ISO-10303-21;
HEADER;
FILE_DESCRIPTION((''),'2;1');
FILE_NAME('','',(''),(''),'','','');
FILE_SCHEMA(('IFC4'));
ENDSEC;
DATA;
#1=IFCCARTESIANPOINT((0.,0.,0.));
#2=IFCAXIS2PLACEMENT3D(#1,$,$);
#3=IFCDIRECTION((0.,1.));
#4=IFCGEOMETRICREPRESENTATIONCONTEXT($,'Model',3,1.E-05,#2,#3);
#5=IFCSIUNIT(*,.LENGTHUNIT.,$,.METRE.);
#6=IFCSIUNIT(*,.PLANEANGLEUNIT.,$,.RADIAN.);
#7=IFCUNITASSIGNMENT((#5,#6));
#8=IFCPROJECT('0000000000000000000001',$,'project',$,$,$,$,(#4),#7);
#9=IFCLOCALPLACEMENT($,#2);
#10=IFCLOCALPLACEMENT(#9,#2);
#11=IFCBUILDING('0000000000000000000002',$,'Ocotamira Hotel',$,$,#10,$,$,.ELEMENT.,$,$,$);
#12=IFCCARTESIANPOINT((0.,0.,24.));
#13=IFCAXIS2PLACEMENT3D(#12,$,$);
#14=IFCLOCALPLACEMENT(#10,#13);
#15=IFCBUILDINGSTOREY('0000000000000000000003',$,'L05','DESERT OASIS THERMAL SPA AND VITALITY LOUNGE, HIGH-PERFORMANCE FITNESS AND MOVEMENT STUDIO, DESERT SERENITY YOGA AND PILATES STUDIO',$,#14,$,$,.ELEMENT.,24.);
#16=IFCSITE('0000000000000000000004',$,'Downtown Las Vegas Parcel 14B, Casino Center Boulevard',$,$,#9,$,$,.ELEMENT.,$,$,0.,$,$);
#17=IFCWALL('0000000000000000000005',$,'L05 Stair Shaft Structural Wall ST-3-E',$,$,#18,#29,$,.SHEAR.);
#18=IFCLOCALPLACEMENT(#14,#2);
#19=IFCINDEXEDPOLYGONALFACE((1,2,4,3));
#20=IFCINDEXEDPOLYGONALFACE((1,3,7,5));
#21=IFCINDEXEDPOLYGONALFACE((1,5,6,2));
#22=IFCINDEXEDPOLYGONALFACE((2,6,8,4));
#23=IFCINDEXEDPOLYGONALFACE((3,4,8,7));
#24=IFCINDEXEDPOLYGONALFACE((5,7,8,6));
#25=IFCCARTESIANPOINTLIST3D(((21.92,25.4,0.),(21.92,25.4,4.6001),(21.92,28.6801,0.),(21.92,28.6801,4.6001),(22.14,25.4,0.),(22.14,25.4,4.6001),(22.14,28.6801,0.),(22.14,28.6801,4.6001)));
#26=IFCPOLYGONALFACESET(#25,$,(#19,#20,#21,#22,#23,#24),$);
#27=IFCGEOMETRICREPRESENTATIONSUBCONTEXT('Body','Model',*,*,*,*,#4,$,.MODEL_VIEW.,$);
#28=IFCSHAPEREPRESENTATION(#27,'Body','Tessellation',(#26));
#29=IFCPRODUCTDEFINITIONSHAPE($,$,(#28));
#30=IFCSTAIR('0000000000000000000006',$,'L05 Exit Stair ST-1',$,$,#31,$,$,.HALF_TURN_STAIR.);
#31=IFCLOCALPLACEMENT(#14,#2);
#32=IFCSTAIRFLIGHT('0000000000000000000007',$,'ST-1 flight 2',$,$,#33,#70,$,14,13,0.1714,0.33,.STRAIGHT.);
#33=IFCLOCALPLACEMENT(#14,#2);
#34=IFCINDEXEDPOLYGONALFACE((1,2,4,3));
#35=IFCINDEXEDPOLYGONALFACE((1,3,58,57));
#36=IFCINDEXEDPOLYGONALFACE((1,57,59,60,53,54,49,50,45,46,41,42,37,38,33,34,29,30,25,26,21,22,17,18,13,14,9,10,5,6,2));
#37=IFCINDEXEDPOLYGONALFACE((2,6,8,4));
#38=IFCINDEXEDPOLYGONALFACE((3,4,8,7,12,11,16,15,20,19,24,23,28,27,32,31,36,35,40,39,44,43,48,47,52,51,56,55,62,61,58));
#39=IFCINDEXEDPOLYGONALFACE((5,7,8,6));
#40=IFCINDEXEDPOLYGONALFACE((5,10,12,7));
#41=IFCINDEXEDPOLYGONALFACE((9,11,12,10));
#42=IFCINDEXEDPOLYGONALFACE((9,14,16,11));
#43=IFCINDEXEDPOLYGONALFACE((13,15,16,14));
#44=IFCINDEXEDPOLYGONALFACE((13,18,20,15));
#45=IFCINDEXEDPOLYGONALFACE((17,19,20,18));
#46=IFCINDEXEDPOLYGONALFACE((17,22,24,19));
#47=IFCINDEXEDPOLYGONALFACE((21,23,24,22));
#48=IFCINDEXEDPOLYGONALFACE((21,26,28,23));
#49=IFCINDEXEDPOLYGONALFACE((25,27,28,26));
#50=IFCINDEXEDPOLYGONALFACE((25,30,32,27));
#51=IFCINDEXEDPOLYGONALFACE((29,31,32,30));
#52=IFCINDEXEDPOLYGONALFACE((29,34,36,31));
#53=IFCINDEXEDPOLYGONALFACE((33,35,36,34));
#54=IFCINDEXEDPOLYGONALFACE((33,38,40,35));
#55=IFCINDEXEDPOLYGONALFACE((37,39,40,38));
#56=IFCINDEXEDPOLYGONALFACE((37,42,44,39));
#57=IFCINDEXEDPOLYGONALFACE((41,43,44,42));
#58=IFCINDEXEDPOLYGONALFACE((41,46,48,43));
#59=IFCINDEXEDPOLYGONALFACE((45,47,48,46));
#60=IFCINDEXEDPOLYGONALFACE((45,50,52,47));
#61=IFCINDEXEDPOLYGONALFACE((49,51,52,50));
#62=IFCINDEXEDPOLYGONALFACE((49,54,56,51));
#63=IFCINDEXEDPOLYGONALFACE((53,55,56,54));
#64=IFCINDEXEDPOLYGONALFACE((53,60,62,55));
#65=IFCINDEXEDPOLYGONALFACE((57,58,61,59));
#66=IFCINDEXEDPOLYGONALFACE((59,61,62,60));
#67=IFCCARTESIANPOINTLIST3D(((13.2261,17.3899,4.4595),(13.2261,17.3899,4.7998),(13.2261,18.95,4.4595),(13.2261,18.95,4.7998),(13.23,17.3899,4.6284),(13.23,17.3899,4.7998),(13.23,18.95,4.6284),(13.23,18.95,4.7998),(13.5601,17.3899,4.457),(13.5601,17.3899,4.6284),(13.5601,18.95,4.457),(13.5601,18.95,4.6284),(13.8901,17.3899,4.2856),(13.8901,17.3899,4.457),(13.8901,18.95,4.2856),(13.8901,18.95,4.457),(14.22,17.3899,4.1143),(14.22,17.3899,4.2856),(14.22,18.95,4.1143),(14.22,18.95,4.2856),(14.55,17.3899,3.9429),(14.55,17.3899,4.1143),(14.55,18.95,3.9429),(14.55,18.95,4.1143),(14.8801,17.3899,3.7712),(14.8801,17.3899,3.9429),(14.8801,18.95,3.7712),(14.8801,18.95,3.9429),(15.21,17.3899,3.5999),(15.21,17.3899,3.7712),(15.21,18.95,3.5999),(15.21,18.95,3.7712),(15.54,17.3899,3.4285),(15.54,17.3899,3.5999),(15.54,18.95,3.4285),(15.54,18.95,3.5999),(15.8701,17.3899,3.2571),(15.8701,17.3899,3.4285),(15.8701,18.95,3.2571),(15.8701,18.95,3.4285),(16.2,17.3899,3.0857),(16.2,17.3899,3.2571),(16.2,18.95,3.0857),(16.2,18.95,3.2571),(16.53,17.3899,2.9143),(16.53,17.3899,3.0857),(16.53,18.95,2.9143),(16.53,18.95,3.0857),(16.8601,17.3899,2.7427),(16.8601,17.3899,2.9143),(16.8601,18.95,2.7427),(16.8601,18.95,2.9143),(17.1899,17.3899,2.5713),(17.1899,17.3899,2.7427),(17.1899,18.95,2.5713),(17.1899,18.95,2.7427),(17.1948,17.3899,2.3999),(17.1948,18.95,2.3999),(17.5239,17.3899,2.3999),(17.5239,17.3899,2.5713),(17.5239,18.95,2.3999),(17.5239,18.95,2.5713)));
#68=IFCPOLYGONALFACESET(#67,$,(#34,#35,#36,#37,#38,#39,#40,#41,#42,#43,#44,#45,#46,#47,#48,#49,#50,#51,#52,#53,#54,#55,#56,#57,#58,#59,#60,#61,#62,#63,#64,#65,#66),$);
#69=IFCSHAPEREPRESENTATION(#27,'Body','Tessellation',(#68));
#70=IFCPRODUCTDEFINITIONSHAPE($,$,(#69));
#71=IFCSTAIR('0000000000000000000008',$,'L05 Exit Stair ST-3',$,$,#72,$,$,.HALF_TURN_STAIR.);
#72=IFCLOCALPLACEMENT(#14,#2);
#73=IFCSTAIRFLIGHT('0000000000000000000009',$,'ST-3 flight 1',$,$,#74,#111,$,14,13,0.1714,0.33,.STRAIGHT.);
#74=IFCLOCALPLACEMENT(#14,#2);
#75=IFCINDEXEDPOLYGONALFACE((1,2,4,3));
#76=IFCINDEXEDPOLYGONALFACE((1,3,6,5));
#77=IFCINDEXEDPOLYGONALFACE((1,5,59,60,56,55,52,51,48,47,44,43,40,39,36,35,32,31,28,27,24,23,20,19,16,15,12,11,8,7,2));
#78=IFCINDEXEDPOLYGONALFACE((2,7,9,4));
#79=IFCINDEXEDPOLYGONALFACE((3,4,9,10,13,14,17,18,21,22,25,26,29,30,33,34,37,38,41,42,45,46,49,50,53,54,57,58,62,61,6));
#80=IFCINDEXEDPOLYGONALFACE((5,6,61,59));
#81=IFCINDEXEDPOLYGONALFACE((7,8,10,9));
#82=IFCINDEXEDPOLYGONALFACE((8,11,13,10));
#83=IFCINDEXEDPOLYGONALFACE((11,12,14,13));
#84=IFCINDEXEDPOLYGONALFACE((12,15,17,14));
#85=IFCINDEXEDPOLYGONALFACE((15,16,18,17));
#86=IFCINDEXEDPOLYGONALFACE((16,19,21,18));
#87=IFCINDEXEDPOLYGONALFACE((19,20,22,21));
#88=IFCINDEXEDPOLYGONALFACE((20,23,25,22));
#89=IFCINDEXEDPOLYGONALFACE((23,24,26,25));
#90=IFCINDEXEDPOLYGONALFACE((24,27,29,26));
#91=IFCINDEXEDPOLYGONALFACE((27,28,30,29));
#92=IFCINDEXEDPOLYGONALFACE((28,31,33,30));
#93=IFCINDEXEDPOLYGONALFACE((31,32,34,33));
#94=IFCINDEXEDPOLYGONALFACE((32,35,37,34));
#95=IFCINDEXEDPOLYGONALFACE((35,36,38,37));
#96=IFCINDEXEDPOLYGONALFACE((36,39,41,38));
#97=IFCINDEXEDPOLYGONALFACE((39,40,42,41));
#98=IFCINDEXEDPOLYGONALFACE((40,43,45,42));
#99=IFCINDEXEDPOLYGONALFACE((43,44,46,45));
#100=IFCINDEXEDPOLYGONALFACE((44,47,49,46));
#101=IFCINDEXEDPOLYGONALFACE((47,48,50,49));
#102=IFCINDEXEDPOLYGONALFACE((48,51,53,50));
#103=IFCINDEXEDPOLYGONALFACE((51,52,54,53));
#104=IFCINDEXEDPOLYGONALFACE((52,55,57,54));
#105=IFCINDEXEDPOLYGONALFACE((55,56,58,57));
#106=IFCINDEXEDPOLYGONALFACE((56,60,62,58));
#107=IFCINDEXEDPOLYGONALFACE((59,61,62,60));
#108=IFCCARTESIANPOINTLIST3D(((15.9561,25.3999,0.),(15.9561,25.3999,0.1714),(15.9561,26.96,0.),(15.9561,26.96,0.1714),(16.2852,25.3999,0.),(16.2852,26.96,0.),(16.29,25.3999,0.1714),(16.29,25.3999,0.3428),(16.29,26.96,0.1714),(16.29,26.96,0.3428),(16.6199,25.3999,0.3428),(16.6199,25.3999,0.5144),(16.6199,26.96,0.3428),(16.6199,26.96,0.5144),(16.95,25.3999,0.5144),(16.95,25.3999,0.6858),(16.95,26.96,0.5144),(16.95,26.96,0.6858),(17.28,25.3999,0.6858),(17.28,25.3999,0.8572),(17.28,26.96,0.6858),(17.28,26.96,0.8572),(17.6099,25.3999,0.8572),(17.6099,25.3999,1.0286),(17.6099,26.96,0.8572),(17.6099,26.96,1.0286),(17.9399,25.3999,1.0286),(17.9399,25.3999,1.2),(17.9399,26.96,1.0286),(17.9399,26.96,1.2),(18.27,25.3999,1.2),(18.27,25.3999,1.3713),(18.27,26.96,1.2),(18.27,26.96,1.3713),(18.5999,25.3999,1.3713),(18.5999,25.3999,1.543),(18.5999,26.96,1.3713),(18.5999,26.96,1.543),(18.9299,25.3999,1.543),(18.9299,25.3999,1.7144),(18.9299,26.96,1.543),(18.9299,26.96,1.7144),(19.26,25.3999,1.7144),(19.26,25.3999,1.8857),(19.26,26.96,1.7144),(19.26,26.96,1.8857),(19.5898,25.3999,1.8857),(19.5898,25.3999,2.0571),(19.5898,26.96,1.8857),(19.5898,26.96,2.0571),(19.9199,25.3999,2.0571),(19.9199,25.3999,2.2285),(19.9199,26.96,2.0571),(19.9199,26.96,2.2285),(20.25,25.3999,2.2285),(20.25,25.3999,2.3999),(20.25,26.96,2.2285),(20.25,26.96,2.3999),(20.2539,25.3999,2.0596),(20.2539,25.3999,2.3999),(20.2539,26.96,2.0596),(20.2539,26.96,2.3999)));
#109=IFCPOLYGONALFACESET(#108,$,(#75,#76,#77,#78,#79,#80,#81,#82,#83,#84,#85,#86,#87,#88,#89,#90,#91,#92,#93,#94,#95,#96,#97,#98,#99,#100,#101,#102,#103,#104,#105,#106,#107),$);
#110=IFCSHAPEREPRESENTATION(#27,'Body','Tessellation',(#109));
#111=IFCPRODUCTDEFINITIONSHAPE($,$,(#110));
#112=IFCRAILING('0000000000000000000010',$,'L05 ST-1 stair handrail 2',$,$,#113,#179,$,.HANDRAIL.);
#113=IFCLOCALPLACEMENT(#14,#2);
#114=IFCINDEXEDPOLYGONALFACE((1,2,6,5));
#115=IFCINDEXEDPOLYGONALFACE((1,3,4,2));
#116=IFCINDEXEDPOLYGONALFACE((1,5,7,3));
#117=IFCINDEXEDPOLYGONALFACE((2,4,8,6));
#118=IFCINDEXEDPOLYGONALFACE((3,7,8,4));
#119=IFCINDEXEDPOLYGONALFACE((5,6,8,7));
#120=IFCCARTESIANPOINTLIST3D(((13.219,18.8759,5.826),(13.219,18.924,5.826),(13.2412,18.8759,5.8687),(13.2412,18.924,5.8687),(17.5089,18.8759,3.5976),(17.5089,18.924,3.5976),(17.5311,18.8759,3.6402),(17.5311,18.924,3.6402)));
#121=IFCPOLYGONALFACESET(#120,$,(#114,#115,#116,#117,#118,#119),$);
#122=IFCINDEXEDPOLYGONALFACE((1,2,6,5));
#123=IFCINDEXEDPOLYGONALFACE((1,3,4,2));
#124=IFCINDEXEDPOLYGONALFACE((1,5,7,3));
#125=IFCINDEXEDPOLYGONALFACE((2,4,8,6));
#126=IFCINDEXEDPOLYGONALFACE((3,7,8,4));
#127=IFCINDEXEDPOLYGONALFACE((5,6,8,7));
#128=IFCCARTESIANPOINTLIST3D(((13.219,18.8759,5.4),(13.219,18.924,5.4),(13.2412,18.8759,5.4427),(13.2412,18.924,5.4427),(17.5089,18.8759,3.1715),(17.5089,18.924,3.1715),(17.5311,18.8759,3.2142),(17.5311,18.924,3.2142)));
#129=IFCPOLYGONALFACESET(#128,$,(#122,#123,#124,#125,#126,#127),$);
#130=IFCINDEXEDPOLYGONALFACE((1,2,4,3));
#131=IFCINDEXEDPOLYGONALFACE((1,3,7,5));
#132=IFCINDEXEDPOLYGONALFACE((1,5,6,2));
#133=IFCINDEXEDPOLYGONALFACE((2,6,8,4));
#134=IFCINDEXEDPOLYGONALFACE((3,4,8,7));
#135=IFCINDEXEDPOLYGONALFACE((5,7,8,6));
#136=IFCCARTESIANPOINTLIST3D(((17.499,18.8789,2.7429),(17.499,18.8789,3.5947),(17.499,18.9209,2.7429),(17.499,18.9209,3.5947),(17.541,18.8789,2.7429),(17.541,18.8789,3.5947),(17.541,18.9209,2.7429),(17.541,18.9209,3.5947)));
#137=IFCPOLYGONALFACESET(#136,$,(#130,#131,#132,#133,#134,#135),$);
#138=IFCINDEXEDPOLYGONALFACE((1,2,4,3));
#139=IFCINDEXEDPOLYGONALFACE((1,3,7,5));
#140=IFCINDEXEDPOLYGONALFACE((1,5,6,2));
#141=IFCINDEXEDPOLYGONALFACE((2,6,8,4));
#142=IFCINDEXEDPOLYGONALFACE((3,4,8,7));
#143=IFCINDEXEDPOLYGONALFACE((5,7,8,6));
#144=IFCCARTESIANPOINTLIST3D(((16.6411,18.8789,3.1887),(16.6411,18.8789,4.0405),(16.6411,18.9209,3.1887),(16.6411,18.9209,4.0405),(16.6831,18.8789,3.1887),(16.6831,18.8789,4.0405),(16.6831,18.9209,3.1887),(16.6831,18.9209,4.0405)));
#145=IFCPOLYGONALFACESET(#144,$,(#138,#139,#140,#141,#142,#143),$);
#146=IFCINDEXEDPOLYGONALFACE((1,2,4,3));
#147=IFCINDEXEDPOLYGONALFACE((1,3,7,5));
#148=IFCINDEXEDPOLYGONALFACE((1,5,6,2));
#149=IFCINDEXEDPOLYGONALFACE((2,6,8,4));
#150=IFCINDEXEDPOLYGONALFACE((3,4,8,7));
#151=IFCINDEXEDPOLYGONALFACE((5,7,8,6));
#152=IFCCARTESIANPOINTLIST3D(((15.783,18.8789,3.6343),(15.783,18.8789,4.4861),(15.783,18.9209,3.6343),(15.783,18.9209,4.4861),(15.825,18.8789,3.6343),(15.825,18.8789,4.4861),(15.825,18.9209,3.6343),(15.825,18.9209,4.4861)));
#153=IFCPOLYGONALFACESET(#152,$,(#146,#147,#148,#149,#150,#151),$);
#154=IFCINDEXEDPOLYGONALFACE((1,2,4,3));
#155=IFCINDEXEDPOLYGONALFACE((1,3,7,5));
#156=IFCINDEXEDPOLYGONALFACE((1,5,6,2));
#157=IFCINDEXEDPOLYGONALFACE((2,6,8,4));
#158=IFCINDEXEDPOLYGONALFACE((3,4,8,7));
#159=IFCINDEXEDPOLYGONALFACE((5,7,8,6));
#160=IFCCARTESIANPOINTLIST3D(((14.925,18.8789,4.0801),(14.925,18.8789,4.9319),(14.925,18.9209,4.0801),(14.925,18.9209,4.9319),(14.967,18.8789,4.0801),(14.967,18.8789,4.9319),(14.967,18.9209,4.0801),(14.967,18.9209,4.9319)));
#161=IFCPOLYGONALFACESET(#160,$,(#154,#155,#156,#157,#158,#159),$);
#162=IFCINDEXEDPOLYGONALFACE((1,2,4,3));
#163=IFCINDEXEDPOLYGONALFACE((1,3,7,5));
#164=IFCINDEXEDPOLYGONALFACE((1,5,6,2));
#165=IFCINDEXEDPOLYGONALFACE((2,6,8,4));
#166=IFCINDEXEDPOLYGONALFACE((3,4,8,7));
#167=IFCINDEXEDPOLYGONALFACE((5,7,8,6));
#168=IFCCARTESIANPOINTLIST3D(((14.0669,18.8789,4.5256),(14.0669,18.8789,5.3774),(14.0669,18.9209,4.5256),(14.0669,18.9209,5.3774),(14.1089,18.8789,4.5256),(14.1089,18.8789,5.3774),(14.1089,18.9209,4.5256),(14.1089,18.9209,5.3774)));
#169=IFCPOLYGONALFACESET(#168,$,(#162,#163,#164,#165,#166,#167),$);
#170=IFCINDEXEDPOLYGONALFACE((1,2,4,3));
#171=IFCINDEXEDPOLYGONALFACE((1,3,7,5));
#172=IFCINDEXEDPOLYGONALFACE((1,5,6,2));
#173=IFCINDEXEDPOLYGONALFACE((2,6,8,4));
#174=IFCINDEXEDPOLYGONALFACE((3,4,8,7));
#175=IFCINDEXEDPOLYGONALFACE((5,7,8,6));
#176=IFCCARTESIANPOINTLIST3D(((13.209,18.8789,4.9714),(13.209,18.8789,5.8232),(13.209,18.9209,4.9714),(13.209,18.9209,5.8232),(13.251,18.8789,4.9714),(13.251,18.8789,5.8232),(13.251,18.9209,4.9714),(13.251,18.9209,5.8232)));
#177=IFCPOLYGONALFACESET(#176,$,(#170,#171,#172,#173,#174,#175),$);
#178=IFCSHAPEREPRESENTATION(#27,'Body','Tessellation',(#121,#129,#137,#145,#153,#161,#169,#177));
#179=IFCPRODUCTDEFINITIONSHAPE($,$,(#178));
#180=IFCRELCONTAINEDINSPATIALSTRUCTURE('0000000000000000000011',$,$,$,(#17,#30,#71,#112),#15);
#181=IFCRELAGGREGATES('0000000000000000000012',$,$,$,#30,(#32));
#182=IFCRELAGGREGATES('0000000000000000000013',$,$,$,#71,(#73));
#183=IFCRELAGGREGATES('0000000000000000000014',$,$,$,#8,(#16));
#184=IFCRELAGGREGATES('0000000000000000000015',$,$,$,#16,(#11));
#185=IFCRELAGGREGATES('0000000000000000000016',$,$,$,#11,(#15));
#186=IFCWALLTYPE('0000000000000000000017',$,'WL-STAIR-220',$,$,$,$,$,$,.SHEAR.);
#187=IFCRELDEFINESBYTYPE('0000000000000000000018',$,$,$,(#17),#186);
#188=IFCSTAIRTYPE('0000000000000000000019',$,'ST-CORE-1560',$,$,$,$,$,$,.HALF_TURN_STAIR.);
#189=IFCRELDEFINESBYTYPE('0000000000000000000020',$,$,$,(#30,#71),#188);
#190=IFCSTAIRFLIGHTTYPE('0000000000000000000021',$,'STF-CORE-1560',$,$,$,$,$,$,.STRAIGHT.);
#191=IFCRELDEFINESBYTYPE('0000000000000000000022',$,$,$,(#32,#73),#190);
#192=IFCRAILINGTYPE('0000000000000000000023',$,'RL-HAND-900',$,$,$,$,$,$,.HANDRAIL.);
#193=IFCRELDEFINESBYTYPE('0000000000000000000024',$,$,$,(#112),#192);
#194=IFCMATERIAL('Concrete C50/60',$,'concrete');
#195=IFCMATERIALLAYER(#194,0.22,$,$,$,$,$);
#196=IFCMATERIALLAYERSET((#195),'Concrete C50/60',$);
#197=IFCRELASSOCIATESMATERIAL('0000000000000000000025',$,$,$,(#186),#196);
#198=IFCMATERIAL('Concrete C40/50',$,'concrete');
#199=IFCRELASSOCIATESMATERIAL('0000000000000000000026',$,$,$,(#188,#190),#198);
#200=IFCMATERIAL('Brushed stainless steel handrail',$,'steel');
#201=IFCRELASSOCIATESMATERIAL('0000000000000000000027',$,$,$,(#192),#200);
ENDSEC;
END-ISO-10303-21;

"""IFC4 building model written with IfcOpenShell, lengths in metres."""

from ifc_helpers import new_model, si_unit, direction, frame, frame_2d, origin, origin_2d, place, context, subcontext, project, spatial, polyline, rectangle, outline, extrude, source, transform, mapped, material, layer, layer_set, type_object, element, aggregate, save


model = new_model("IFC4")

# Units and contexts
model_context = context("Model", 3, precision=1e-05, world=origin(), true_north=direction((0.0, 1.0)))
body_context = subcontext(model_context, "Body", "Model", "MODEL_VIEW")
ifc_project = project(units=[si_unit("LENGTHUNIT", "METRE"), si_unit("PLANEANGLEUNIT", "RADIAN")], contexts=[model_context])

# Site, building, storey
site_placement = place(None, origin())
site = spatial("IfcSite", under=ifc_project, at=site_placement, Name="Downtown Las Vegas Parcel 14B, Casino Center Boulevard", CompositionType="ELEMENT", RefElevation=0.0)
building_placement = place(site_placement, origin())
building = spatial("IfcBuilding", under=site, at=building_placement, Name="Ocotamira Hotel", CompositionType="ELEMENT")
storey_placement = place(building_placement, frame((0.0, 0.0, 24.0)))
storey = spatial("IfcBuildingStorey", under=building, at=storey_placement, Name="L05", Description="DESERT OASIS THERMAL SPA AND VITALITY LOUNGE, HIGH-PERFORMANCE FITNESS AND MOVEMENT STUDIO, DESERT SERENITY YOGA AND PILATES STUDIO", CompositionType="ELEMENT", Elevation=24.0)

# Wall
ifc_material_1 = material(Name="Concrete C50/60", Category="concrete")
ifc_layer_1 = layer(ifc_material_1, 0.22)
ifc_layer_set_1 = layer_set([ifc_layer_1], Name="Concrete C50/60")
wall_type_1 = type_object("IfcWallType", Name="WL-STAIR-220", PredefinedType="SHEAR", material=ifc_layer_set_1)
for number, where, z_axis, x_axis, name in (
    (1, (22.03, 25.3999, 0.0), (0.0, 0.0, 1.0), (0.0, 1.0, 0.0), "L05 Stair Shaft Structural Wall ST-3-E"),
):
    element("IfcWall", number, at=place(storey_placement, frame(where, z_axis=z_axis, x_axis=x_axis)), inside=storey, type_object=wall_type_1, Name=name, PredefinedType="SHEAR", context=body_context, shape_type="SweptSolid", body=[
        extrude(rectangle(XDim=3.28, YDim=0.22, at=frame_2d((1.6401, 0.0))), origin(), (0.0, 0.0, 1.0), 4.6001),
    ])

# Stairs, stair flights
ifc_material_2 = material(Name="Concrete C40/50", Category="concrete")
stair_type = type_object("IfcStairType", Name="ST-CORE-1560", PredefinedType="HALF_TURN_STAIR", material=ifc_material_2)
stair_1_placement = place(storey_placement, origin())
stair_1 = element("IfcStair", 2, at=stair_1_placement, inside=storey, type_object=stair_type, Name="L05 Exit Stair ST-1", PredefinedType="HALF_TURN_STAIR")
stair_flight_type = type_object("IfcStairFlightType", Name="STF-CORE-1560", PredefinedType="STRAIGHT", material=ifc_material_2)
shared_shape_1 = source(origin(), body_context, "Body", "SweptSolid", [
    extrude(outline(polyline([(-0.0039, 0.0), (-0.0039, 0.1714), (0.3301, 0.1714), (0.3301, 0.3428), (0.6599, 0.3428), (0.6599, 0.5144), (0.99, 0.5144), (0.99, 0.6858), (1.3201, 0.6858), (1.3201, 0.8572), (1.6499, 0.8572), (1.6499, 1.0286), (1.98, 1.0286), (1.98, 1.2), (2.3101, 1.2), (2.3101, 1.3713), (2.6399, 1.3713), (2.6399, 1.543), (2.97, 1.543), (2.97, 1.7144), (3.3, 1.7144), (3.3, 1.8857), (3.6299, 1.8857), (3.6299, 2.0571), (3.96, 2.0571), (3.96, 2.2285), (4.29, 2.2285), (4.29, 2.3999), (4.2939, 2.3999), (4.2939, 2.0596), (0.3252, 0.0), (-0.0039, 0.0)])), frame((0.0, 0.78, 0.0), z_axis=(0.0, -1.0, 0.0), x_axis=(1.0, 0.0, 0.0)), (0.0, 0.0, 1.0), 1.5601),
])
stair_flight_1_placement = place(storey_placement, frame((17.52, 18.1699, 2.3999), z_axis=(0.0, 0.0, 1.0), x_axis=(-1.0, 0.0, 0.0)))
stair_flight_1 = element("IfcStairFlight", 3, at=stair_flight_1_placement, type_object=stair_flight_type, Name="ST-1 flight 2", NumberOfRisers=14, NumberOfTreads=13, PredefinedType="STRAIGHT", RiserHeight=0.1714, TreadLength=0.33, context=body_context, shape_type="MappedRepresentation", body=[
    mapped(shared_shape_1, transform((0.0, 0.0, 0.0), scale=1.0)),
])
aggregate(stair_1, [stair_flight_1])
stair_2_placement = place(storey_placement, origin())
stair_2 = element("IfcStair", 4, at=stair_2_placement, inside=storey, type_object=stair_type, Name="L05 Exit Stair ST-3", PredefinedType="HALF_TURN_STAIR")
stair_flight_2_placement = place(storey_placement, frame((15.96, 26.1799, 0.0), z_axis=(0.0, 0.0, 1.0), x_axis=(1.0, 0.0, 0.0)))
stair_flight_2 = element("IfcStairFlight", 5, at=stair_flight_2_placement, type_object=stair_flight_type, Name="ST-3 flight 1", NumberOfRisers=14, NumberOfTreads=13, PredefinedType="STRAIGHT", RiserHeight=0.1714, TreadLength=0.33, context=body_context, shape_type="MappedRepresentation", body=[
    mapped(shared_shape_1, transform((0.0, 0.0, 0.0), scale=1.0)),
])
aggregate(stair_2, [stair_flight_2])

# Railing
ifc_material_3 = material(Name="Brushed stainless steel handrail", Category="steel")
railing_type_1 = type_object("IfcRailingType", Name="RL-HAND-900", PredefinedType="HANDRAIL", material=ifc_material_3)
railing_1_placement = place(storey_placement, frame((17.52, 18.8999, 2.7429)))
element("IfcRailing", 6, at=railing_1_placement, inside=storey, type_object=railing_type_1, Name="L05 ST-1 stair handrail 2", PredefinedType="HANDRAIL", context=body_context, shape_type="SweptSolid", body=[
    extrude(rectangle(XDim=0.0481, YDim=0.0481, at=origin_2d()), frame((0.0, 0.0, 0.876), z_axis=(-0.887412, 0.0, 0.460977), x_axis=(0.0, -1.0, 0.0)), (0.0, 0.0, 1.0), 4.8342),
    extrude(rectangle(XDim=0.0481, YDim=0.0481, at=origin_2d()), frame((0.0, 0.0, 0.45), z_axis=(-0.887412, 0.0, 0.460977), x_axis=(0.0, -1.0, 0.0)), (0.0, 0.0, 1.0), 4.8342),
    extrude(rectangle(XDim=0.042, YDim=0.042, at=origin_2d()), origin(), (0.0, 0.0, 1.0), 0.8518),
    extrude(rectangle(XDim=0.042, YDim=0.042, at=origin_2d()), frame((-0.8579, 0.0, 0.4458)), (0.0, 0.0, 1.0), 0.8518),
    extrude(rectangle(XDim=0.042, YDim=0.042, at=origin_2d()), frame((-1.7161, 0.0, 0.8914)), (0.0, 0.0, 1.0), 0.8518),
    extrude(rectangle(XDim=0.042, YDim=0.042, at=origin_2d()), frame((-2.574, 0.0, 1.3372)), (0.0, 0.0, 1.0), 0.8518),
    extrude(rectangle(XDim=0.042, YDim=0.042, at=origin_2d()), frame((-3.4321, 0.0, 1.7827)), (0.0, 0.0, 1.0), 0.8518),
    extrude(rectangle(XDim=0.042, YDim=0.042, at=origin_2d()), frame((-4.29, 0.0, 2.2285)), (0.0, 0.0, 1.0), 0.8518),
])

save(model, "model.ifc")
